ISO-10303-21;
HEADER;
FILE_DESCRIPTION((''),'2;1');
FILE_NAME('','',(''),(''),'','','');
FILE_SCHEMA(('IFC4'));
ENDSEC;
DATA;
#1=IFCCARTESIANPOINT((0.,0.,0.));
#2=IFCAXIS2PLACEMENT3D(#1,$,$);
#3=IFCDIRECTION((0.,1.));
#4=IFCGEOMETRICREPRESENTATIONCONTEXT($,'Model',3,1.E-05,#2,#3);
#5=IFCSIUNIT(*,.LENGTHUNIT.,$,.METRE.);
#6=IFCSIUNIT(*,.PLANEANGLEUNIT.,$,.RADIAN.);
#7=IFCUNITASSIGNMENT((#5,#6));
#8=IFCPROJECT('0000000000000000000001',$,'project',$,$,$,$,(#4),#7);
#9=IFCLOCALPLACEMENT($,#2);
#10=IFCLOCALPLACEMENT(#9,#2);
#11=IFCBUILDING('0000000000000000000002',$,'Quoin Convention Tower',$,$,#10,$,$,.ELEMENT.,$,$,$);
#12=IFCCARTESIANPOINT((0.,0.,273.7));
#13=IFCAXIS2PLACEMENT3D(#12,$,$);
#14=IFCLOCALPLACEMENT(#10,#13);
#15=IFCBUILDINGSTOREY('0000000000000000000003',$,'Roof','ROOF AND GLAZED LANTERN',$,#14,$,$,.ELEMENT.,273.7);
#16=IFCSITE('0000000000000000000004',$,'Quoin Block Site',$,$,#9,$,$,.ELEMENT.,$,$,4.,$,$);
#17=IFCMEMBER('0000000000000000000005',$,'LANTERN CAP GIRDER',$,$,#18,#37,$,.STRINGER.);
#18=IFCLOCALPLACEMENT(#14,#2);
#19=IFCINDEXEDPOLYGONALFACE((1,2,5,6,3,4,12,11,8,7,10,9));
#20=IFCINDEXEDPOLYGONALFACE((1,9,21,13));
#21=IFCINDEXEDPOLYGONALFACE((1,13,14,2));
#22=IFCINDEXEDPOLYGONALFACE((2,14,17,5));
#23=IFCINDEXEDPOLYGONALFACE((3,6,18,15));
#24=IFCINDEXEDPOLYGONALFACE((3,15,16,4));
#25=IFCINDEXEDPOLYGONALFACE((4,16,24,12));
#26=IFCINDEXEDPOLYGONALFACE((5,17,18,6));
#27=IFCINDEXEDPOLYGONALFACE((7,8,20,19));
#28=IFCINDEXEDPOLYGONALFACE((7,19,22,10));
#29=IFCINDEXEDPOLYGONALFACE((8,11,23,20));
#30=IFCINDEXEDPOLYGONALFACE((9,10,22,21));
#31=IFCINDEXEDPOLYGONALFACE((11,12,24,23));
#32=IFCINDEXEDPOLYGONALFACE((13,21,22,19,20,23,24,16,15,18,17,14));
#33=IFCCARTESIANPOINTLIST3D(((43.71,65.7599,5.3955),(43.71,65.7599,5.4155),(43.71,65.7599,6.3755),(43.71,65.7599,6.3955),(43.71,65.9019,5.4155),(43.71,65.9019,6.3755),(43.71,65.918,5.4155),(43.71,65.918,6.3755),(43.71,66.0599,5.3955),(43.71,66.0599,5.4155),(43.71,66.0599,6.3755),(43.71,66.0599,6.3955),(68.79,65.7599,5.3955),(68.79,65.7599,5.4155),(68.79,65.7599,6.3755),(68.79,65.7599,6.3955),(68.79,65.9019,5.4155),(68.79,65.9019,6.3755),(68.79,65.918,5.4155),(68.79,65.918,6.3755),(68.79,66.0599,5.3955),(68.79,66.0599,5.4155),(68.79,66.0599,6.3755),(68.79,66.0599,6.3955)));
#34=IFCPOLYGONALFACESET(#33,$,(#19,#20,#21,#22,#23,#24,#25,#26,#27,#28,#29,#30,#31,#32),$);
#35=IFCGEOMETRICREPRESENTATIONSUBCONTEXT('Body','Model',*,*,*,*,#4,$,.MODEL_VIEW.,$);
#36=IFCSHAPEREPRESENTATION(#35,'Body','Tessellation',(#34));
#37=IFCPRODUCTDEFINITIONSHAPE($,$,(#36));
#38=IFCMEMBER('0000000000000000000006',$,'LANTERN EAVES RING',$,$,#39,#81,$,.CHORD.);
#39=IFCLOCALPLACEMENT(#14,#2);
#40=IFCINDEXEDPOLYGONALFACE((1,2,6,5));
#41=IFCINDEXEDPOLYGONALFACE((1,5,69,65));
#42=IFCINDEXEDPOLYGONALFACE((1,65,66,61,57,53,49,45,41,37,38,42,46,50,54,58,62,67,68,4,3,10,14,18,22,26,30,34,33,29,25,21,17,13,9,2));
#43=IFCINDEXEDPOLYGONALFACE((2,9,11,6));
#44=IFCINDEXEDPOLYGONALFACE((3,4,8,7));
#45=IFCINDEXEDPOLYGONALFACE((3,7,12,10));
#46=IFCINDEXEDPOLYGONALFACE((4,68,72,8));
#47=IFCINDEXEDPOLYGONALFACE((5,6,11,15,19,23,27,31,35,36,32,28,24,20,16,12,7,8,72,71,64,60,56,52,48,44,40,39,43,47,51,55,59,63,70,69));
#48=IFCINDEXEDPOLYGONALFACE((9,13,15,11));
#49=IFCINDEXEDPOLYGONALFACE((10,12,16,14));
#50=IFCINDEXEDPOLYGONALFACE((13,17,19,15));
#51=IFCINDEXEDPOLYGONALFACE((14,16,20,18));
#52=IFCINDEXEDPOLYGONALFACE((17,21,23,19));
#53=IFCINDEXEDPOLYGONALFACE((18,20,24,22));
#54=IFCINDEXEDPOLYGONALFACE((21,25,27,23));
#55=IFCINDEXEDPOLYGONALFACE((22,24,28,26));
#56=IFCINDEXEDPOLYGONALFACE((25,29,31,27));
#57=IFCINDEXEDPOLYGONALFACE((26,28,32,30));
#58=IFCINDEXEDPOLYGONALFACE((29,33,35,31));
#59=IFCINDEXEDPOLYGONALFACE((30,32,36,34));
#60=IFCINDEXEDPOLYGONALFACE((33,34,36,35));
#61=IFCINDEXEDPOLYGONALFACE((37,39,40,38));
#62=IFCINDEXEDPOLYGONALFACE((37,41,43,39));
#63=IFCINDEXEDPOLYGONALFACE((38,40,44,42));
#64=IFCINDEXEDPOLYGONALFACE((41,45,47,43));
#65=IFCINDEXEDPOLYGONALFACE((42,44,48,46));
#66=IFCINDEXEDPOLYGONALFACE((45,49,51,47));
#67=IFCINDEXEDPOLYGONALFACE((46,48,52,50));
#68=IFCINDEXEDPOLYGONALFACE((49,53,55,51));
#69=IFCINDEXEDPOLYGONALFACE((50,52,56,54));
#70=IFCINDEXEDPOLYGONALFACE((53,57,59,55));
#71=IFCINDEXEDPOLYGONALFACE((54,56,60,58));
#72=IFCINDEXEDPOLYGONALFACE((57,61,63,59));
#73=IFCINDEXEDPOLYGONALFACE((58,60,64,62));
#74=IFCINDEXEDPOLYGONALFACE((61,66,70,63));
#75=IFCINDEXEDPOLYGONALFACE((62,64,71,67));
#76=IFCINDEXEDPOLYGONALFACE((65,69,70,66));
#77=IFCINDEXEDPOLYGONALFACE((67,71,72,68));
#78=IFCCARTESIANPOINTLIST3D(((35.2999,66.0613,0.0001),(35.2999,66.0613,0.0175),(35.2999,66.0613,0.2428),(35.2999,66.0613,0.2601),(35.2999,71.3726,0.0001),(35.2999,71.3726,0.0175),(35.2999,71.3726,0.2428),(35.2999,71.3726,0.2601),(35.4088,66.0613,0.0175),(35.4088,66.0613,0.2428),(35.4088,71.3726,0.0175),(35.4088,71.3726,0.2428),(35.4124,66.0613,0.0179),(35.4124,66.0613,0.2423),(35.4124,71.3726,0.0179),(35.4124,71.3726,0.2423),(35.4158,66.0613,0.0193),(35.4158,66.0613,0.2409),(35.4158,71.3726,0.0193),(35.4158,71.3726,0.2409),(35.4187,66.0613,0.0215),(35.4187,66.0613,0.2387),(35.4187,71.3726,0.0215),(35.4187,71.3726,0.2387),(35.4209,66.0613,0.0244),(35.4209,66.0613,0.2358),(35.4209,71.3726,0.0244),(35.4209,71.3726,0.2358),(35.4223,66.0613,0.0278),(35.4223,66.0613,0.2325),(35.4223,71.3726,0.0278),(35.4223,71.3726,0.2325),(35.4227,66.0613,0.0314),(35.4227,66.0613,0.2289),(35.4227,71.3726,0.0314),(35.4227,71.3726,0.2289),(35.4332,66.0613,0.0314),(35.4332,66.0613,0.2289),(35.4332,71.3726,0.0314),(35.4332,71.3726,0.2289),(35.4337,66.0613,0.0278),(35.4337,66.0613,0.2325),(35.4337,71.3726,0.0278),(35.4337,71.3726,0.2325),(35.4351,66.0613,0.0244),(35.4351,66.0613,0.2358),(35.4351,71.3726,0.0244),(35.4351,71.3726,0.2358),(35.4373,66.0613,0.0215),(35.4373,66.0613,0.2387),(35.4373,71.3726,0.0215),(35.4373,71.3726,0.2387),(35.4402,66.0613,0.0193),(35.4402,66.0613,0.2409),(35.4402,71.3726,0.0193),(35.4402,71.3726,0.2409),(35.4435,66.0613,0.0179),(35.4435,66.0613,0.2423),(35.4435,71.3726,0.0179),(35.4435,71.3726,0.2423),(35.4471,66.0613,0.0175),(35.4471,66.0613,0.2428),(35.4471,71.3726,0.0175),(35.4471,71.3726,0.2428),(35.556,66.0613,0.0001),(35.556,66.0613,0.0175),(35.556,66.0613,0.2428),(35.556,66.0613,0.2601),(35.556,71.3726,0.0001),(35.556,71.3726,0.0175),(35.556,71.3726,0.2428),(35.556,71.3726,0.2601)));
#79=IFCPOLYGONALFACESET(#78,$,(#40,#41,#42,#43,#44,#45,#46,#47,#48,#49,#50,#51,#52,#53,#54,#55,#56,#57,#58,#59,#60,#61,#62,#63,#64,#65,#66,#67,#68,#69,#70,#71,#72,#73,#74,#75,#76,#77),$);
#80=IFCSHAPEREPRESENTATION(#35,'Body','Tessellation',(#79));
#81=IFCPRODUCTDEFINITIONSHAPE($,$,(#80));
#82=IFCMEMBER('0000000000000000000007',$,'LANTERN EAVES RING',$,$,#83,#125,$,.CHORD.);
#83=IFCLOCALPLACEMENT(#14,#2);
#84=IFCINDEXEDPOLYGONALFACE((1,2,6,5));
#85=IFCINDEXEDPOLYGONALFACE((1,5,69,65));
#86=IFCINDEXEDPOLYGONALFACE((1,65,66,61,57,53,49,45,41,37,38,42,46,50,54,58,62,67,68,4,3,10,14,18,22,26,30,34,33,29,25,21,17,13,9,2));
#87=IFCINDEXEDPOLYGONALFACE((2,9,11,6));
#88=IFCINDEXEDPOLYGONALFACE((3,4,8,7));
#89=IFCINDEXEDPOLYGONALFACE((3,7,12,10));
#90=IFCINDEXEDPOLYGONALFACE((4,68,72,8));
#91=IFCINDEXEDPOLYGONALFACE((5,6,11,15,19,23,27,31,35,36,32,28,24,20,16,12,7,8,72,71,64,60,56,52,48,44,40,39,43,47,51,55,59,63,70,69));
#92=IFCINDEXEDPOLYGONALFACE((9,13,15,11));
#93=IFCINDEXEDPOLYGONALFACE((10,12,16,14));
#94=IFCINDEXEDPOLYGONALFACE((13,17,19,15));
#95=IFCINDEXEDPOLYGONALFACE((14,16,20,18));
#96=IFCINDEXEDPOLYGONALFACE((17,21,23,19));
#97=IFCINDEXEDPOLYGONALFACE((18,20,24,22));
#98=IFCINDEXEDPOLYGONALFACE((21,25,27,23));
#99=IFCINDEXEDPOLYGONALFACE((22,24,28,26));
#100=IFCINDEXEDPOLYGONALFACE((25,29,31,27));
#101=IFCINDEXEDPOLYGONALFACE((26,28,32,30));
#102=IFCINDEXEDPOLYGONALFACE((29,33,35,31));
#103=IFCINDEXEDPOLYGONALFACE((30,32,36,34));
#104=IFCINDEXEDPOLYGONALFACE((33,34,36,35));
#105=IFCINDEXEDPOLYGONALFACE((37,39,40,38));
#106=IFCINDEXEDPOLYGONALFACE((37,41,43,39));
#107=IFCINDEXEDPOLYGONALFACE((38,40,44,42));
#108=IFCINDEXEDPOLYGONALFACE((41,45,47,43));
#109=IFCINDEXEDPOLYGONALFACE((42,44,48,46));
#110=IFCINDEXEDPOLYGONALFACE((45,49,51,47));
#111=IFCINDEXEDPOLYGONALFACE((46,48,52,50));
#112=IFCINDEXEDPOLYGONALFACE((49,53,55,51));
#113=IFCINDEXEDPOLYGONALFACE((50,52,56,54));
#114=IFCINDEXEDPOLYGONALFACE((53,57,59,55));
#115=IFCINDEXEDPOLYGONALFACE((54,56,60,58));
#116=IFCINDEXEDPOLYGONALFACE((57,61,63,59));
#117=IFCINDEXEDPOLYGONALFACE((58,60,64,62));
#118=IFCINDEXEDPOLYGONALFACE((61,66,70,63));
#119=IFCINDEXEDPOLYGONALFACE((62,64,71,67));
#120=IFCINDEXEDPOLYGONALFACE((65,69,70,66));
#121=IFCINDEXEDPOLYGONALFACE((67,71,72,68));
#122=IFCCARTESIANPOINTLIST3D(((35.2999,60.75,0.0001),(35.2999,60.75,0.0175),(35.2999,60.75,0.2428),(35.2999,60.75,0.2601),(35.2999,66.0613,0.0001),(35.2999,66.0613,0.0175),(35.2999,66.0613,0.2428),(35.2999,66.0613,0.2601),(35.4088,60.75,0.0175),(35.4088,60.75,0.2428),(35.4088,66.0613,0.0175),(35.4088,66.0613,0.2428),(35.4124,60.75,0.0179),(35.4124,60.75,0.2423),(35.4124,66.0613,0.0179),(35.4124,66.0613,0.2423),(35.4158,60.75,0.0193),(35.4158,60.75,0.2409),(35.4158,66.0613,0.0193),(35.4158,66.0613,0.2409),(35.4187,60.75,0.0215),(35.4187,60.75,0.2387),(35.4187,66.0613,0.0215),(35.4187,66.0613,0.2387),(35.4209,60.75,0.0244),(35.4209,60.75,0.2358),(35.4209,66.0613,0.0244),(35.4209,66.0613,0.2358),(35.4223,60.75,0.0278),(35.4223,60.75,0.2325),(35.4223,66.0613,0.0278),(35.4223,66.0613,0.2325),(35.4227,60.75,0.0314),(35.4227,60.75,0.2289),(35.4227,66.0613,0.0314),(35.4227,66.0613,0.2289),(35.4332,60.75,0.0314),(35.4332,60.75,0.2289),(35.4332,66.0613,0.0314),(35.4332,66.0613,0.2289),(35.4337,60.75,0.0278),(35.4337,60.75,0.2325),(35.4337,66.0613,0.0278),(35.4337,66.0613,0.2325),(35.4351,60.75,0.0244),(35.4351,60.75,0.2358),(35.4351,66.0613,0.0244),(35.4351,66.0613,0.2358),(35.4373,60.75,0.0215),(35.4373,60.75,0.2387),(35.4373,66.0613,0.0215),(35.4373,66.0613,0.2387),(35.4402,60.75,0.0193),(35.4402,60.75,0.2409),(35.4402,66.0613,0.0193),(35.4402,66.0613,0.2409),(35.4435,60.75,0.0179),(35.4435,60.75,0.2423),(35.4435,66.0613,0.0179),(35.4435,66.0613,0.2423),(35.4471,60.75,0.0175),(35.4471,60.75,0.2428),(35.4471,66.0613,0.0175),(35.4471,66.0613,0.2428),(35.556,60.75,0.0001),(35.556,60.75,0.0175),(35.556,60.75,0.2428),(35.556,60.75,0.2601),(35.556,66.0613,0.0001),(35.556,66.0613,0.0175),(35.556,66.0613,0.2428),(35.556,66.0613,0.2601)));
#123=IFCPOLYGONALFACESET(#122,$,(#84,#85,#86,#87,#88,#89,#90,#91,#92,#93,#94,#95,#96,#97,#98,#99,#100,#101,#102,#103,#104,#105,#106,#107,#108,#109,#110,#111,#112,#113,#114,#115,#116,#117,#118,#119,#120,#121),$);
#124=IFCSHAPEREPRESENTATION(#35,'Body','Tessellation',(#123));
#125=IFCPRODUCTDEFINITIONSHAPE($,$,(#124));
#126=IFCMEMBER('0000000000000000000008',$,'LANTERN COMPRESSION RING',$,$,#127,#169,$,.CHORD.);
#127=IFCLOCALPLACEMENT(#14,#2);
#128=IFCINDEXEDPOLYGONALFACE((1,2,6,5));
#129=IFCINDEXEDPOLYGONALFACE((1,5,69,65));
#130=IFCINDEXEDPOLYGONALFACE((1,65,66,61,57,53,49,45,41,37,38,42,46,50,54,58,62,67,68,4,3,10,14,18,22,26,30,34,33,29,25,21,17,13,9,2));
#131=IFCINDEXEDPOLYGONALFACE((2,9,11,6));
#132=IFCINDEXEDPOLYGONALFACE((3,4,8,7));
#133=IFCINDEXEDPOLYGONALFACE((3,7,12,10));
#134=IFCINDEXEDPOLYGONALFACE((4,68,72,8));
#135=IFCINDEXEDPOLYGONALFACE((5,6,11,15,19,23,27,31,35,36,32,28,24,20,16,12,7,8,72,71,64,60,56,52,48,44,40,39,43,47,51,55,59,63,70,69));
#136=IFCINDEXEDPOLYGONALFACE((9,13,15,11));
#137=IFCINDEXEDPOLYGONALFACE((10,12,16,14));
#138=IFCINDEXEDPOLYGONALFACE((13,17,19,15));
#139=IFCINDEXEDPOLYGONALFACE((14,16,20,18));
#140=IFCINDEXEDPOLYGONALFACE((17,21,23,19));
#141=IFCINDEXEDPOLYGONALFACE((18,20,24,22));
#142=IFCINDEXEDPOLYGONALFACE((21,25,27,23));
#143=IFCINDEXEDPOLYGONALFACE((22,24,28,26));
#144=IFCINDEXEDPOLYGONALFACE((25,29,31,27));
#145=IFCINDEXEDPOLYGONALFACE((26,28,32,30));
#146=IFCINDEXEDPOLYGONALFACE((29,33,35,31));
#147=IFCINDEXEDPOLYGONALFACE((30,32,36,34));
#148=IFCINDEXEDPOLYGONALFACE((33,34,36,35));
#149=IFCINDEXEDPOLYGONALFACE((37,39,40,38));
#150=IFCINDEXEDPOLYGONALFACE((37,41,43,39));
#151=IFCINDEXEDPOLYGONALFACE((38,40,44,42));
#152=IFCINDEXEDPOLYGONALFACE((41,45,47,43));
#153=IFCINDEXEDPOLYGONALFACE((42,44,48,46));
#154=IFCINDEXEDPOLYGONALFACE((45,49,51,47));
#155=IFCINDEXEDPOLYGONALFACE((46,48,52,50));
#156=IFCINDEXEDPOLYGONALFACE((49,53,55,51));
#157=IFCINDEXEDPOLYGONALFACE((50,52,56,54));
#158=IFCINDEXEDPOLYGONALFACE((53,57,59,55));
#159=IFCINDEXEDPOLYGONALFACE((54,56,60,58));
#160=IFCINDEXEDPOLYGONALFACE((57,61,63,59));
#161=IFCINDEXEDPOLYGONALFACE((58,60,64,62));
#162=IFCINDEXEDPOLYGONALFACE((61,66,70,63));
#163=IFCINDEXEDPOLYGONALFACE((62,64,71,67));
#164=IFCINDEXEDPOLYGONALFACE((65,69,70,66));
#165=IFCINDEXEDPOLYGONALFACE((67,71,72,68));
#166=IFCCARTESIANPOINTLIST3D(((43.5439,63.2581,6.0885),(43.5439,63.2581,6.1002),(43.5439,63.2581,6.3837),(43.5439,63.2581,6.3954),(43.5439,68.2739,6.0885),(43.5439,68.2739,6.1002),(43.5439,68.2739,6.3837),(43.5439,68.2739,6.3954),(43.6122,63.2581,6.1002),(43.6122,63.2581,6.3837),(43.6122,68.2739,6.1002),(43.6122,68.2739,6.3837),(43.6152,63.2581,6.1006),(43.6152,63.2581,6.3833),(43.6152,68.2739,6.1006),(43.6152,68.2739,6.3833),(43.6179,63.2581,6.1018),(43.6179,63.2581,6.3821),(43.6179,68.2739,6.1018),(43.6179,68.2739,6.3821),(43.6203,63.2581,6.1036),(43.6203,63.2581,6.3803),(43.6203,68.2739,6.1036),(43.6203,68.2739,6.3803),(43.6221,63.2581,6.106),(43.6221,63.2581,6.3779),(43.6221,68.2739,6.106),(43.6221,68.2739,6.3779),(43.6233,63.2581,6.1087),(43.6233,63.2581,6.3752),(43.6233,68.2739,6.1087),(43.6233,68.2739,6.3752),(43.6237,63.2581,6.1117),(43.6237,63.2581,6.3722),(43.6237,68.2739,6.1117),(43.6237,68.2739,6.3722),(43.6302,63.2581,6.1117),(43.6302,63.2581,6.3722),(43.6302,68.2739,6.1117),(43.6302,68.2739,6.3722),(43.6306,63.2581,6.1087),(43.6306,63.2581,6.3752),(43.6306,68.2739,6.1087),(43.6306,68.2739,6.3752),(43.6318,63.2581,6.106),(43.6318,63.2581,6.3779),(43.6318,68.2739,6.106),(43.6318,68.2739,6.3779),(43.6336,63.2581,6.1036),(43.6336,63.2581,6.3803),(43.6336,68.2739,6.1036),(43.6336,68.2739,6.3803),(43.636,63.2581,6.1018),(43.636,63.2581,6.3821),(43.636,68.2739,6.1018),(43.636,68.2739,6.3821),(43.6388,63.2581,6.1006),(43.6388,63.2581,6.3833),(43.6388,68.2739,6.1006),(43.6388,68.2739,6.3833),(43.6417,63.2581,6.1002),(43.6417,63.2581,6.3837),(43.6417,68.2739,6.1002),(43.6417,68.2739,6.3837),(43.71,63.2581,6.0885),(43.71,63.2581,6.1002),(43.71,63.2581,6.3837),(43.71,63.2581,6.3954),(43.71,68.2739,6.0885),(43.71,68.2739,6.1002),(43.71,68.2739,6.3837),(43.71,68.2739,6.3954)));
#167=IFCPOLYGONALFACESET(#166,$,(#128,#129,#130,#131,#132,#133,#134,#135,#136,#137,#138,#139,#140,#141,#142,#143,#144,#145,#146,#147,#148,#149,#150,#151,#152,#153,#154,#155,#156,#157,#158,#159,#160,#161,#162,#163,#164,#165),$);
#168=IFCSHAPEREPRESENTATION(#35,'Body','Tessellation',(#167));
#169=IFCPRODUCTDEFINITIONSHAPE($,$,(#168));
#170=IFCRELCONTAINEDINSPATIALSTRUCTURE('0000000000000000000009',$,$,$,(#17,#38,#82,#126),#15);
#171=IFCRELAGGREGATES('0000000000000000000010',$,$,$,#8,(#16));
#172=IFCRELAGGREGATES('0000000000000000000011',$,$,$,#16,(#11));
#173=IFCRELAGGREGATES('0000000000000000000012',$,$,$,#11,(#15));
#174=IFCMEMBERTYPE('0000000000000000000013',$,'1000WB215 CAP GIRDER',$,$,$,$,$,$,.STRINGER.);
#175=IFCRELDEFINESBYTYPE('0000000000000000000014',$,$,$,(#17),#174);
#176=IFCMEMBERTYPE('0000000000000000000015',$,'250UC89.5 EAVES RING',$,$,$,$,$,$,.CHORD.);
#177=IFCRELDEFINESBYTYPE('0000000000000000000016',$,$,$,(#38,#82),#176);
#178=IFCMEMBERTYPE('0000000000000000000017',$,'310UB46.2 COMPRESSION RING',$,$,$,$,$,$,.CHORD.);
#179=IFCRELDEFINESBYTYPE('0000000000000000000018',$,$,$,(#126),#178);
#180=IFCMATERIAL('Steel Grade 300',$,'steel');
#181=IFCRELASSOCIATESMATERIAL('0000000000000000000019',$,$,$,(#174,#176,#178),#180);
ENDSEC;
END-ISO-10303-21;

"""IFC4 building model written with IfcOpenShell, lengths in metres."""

from ifc_helpers import new_model, si_unit, direction, frame, origin, origin_2d, place, context, subcontext, project, spatial, i_section, extrude, material, material_profile, profile_set, type_object, element, save


model = new_model("IFC4")

# Units and contexts
model_context = context("Model", 3, precision=1e-05, world=origin(), true_north=direction((0.0, 1.0)))
body_context = subcontext(model_context, "Body", "Model", "MODEL_VIEW")
ifc_project = project(units=[si_unit("LENGTHUNIT", "METRE"), si_unit("PLANEANGLEUNIT", "RADIAN")], contexts=[model_context])

# Site, building, storey
site_placement = place(None, origin())
site = spatial("IfcSite", under=ifc_project, at=site_placement, Name="Quoin Block Site", CompositionType="ELEMENT", RefElevation=4.0)
building_placement = place(site_placement, origin())
building = spatial("IfcBuilding", under=site, at=building_placement, Name="Quoin Convention Tower", CompositionType="ELEMENT")
storey_placement = place(building_placement, frame((0.0, 0.0, 273.7)))
storey = spatial("IfcBuildingStorey", under=building, at=storey_placement, Name="Roof", Description="ROOF AND GLAZED LANTERN", CompositionType="ELEMENT", Elevation=273.7)

# Members
ifc_material_1 = material(Name="Steel Grade 300", Category="steel")
ifc_material_profile_1 = material_profile(ifc_material_1, i_section(OverallWidth=0.3, OverallDepth=1.0, WebThickness=0.0161, FlangeThickness=0.02, at=origin_2d()), Name="1000WB215")
ifc_profile_set_1 = profile_set([ifc_material_profile_1], Name="Steel Grade 300")
member_type_1 = type_object("IfcMemberType", Name="1000WB215 CAP GIRDER", PredefinedType="STRINGER", material=ifc_profile_set_1)
member_1_placement = place(storey_placement, frame((43.71, 65.9099, 5.8955), z_axis=(1.0, 0.0, 0.0), x_axis=(0.0, 1.0, 0.0)))
element("IfcMember", 1, at=member_1_placement, inside=storey, type_object=member_type_1, Name="LANTERN CAP GIRDER", PredefinedType="STRINGER", context=body_context, shape_type="SweptSolid", body=[
    extrude(i_section(OverallWidth=0.3, OverallDepth=1.0, WebThickness=0.0161, FlangeThickness=0.02, at=origin_2d()), origin(), (0.0, 0.0, 1.0), 25.0801),
])
ifc_material_profile_2 = material_profile(ifc_material_1, i_section(OverallWidth=0.2561, OverallDepth=0.26, WebThickness=0.0105, FlangeThickness=0.0173, FilletRadius=0.0139, at=origin_2d()), Name="250UC89.5")
ifc_profile_set_2 = profile_set([ifc_material_profile_2], Name="Steel Grade 300")
member_type_2 = type_object("IfcMemberType", Name="250UC89.5 EAVES RING", PredefinedType="CHORD", material=ifc_profile_set_2)
for number, where, z_axis, x_axis, name in (
    (2, (35.428, 71.3726, 0.1301), (0.0, -1.0, 0.0), (1.0, 0.0, 0.0), "LANTERN EAVES RING"),
    (3, (35.428, 66.0613, 0.1301), (0.0, -1.0, 0.0), (1.0, 0.0, 0.0), "LANTERN EAVES RING"),
):
    element("IfcMember", number, at=place(storey_placement, frame(where, z_axis=z_axis, x_axis=x_axis)), inside=storey, type_object=member_type_2, Name=name, PredefinedType="CHORD", context=body_context, shape_type="SweptSolid", body=[
        extrude(i_section(OverallWidth=0.2561, OverallDepth=0.26, WebThickness=0.0105, FlangeThickness=0.0173, FilletRadius=0.0139, at=origin_2d()), origin(), (0.0, 0.0, 1.0), 5.3113),
    ])
ifc_material_profile_3 = material_profile(ifc_material_1, i_section(OverallWidth=0.166, OverallDepth=0.3069, WebThickness=0.0066, FlangeThickness=0.0117, FilletRadius=0.0115, at=origin_2d()), Name="310UB46.2")
ifc_profile_set_3 = profile_set([ifc_material_profile_3], Name="Steel Grade 300")
member_type_3 = type_object("IfcMemberType", Name="310UB46.2 COMPRESSION RING", PredefinedType="CHORD", material=ifc_profile_set_3)
member_2_placement = place(storey_placement, frame((43.627, 68.2739, 6.2419), z_axis=(0.0, -1.0, 0.0), x_axis=(1.0, 0.0, 0.0)))
element("IfcMember", 4, at=member_2_placement, inside=storey, type_object=member_type_3, Name="LANTERN COMPRESSION RING", PredefinedType="CHORD", context=body_context, shape_type="SweptSolid", body=[
    extrude(i_section(OverallWidth=0.166, OverallDepth=0.3069, WebThickness=0.0066, FlangeThickness=0.0117, FilletRadius=0.0115, at=origin_2d()), origin(), (0.0, 0.0, 1.0), 5.0159),
])

save(model, "model.ifc")
